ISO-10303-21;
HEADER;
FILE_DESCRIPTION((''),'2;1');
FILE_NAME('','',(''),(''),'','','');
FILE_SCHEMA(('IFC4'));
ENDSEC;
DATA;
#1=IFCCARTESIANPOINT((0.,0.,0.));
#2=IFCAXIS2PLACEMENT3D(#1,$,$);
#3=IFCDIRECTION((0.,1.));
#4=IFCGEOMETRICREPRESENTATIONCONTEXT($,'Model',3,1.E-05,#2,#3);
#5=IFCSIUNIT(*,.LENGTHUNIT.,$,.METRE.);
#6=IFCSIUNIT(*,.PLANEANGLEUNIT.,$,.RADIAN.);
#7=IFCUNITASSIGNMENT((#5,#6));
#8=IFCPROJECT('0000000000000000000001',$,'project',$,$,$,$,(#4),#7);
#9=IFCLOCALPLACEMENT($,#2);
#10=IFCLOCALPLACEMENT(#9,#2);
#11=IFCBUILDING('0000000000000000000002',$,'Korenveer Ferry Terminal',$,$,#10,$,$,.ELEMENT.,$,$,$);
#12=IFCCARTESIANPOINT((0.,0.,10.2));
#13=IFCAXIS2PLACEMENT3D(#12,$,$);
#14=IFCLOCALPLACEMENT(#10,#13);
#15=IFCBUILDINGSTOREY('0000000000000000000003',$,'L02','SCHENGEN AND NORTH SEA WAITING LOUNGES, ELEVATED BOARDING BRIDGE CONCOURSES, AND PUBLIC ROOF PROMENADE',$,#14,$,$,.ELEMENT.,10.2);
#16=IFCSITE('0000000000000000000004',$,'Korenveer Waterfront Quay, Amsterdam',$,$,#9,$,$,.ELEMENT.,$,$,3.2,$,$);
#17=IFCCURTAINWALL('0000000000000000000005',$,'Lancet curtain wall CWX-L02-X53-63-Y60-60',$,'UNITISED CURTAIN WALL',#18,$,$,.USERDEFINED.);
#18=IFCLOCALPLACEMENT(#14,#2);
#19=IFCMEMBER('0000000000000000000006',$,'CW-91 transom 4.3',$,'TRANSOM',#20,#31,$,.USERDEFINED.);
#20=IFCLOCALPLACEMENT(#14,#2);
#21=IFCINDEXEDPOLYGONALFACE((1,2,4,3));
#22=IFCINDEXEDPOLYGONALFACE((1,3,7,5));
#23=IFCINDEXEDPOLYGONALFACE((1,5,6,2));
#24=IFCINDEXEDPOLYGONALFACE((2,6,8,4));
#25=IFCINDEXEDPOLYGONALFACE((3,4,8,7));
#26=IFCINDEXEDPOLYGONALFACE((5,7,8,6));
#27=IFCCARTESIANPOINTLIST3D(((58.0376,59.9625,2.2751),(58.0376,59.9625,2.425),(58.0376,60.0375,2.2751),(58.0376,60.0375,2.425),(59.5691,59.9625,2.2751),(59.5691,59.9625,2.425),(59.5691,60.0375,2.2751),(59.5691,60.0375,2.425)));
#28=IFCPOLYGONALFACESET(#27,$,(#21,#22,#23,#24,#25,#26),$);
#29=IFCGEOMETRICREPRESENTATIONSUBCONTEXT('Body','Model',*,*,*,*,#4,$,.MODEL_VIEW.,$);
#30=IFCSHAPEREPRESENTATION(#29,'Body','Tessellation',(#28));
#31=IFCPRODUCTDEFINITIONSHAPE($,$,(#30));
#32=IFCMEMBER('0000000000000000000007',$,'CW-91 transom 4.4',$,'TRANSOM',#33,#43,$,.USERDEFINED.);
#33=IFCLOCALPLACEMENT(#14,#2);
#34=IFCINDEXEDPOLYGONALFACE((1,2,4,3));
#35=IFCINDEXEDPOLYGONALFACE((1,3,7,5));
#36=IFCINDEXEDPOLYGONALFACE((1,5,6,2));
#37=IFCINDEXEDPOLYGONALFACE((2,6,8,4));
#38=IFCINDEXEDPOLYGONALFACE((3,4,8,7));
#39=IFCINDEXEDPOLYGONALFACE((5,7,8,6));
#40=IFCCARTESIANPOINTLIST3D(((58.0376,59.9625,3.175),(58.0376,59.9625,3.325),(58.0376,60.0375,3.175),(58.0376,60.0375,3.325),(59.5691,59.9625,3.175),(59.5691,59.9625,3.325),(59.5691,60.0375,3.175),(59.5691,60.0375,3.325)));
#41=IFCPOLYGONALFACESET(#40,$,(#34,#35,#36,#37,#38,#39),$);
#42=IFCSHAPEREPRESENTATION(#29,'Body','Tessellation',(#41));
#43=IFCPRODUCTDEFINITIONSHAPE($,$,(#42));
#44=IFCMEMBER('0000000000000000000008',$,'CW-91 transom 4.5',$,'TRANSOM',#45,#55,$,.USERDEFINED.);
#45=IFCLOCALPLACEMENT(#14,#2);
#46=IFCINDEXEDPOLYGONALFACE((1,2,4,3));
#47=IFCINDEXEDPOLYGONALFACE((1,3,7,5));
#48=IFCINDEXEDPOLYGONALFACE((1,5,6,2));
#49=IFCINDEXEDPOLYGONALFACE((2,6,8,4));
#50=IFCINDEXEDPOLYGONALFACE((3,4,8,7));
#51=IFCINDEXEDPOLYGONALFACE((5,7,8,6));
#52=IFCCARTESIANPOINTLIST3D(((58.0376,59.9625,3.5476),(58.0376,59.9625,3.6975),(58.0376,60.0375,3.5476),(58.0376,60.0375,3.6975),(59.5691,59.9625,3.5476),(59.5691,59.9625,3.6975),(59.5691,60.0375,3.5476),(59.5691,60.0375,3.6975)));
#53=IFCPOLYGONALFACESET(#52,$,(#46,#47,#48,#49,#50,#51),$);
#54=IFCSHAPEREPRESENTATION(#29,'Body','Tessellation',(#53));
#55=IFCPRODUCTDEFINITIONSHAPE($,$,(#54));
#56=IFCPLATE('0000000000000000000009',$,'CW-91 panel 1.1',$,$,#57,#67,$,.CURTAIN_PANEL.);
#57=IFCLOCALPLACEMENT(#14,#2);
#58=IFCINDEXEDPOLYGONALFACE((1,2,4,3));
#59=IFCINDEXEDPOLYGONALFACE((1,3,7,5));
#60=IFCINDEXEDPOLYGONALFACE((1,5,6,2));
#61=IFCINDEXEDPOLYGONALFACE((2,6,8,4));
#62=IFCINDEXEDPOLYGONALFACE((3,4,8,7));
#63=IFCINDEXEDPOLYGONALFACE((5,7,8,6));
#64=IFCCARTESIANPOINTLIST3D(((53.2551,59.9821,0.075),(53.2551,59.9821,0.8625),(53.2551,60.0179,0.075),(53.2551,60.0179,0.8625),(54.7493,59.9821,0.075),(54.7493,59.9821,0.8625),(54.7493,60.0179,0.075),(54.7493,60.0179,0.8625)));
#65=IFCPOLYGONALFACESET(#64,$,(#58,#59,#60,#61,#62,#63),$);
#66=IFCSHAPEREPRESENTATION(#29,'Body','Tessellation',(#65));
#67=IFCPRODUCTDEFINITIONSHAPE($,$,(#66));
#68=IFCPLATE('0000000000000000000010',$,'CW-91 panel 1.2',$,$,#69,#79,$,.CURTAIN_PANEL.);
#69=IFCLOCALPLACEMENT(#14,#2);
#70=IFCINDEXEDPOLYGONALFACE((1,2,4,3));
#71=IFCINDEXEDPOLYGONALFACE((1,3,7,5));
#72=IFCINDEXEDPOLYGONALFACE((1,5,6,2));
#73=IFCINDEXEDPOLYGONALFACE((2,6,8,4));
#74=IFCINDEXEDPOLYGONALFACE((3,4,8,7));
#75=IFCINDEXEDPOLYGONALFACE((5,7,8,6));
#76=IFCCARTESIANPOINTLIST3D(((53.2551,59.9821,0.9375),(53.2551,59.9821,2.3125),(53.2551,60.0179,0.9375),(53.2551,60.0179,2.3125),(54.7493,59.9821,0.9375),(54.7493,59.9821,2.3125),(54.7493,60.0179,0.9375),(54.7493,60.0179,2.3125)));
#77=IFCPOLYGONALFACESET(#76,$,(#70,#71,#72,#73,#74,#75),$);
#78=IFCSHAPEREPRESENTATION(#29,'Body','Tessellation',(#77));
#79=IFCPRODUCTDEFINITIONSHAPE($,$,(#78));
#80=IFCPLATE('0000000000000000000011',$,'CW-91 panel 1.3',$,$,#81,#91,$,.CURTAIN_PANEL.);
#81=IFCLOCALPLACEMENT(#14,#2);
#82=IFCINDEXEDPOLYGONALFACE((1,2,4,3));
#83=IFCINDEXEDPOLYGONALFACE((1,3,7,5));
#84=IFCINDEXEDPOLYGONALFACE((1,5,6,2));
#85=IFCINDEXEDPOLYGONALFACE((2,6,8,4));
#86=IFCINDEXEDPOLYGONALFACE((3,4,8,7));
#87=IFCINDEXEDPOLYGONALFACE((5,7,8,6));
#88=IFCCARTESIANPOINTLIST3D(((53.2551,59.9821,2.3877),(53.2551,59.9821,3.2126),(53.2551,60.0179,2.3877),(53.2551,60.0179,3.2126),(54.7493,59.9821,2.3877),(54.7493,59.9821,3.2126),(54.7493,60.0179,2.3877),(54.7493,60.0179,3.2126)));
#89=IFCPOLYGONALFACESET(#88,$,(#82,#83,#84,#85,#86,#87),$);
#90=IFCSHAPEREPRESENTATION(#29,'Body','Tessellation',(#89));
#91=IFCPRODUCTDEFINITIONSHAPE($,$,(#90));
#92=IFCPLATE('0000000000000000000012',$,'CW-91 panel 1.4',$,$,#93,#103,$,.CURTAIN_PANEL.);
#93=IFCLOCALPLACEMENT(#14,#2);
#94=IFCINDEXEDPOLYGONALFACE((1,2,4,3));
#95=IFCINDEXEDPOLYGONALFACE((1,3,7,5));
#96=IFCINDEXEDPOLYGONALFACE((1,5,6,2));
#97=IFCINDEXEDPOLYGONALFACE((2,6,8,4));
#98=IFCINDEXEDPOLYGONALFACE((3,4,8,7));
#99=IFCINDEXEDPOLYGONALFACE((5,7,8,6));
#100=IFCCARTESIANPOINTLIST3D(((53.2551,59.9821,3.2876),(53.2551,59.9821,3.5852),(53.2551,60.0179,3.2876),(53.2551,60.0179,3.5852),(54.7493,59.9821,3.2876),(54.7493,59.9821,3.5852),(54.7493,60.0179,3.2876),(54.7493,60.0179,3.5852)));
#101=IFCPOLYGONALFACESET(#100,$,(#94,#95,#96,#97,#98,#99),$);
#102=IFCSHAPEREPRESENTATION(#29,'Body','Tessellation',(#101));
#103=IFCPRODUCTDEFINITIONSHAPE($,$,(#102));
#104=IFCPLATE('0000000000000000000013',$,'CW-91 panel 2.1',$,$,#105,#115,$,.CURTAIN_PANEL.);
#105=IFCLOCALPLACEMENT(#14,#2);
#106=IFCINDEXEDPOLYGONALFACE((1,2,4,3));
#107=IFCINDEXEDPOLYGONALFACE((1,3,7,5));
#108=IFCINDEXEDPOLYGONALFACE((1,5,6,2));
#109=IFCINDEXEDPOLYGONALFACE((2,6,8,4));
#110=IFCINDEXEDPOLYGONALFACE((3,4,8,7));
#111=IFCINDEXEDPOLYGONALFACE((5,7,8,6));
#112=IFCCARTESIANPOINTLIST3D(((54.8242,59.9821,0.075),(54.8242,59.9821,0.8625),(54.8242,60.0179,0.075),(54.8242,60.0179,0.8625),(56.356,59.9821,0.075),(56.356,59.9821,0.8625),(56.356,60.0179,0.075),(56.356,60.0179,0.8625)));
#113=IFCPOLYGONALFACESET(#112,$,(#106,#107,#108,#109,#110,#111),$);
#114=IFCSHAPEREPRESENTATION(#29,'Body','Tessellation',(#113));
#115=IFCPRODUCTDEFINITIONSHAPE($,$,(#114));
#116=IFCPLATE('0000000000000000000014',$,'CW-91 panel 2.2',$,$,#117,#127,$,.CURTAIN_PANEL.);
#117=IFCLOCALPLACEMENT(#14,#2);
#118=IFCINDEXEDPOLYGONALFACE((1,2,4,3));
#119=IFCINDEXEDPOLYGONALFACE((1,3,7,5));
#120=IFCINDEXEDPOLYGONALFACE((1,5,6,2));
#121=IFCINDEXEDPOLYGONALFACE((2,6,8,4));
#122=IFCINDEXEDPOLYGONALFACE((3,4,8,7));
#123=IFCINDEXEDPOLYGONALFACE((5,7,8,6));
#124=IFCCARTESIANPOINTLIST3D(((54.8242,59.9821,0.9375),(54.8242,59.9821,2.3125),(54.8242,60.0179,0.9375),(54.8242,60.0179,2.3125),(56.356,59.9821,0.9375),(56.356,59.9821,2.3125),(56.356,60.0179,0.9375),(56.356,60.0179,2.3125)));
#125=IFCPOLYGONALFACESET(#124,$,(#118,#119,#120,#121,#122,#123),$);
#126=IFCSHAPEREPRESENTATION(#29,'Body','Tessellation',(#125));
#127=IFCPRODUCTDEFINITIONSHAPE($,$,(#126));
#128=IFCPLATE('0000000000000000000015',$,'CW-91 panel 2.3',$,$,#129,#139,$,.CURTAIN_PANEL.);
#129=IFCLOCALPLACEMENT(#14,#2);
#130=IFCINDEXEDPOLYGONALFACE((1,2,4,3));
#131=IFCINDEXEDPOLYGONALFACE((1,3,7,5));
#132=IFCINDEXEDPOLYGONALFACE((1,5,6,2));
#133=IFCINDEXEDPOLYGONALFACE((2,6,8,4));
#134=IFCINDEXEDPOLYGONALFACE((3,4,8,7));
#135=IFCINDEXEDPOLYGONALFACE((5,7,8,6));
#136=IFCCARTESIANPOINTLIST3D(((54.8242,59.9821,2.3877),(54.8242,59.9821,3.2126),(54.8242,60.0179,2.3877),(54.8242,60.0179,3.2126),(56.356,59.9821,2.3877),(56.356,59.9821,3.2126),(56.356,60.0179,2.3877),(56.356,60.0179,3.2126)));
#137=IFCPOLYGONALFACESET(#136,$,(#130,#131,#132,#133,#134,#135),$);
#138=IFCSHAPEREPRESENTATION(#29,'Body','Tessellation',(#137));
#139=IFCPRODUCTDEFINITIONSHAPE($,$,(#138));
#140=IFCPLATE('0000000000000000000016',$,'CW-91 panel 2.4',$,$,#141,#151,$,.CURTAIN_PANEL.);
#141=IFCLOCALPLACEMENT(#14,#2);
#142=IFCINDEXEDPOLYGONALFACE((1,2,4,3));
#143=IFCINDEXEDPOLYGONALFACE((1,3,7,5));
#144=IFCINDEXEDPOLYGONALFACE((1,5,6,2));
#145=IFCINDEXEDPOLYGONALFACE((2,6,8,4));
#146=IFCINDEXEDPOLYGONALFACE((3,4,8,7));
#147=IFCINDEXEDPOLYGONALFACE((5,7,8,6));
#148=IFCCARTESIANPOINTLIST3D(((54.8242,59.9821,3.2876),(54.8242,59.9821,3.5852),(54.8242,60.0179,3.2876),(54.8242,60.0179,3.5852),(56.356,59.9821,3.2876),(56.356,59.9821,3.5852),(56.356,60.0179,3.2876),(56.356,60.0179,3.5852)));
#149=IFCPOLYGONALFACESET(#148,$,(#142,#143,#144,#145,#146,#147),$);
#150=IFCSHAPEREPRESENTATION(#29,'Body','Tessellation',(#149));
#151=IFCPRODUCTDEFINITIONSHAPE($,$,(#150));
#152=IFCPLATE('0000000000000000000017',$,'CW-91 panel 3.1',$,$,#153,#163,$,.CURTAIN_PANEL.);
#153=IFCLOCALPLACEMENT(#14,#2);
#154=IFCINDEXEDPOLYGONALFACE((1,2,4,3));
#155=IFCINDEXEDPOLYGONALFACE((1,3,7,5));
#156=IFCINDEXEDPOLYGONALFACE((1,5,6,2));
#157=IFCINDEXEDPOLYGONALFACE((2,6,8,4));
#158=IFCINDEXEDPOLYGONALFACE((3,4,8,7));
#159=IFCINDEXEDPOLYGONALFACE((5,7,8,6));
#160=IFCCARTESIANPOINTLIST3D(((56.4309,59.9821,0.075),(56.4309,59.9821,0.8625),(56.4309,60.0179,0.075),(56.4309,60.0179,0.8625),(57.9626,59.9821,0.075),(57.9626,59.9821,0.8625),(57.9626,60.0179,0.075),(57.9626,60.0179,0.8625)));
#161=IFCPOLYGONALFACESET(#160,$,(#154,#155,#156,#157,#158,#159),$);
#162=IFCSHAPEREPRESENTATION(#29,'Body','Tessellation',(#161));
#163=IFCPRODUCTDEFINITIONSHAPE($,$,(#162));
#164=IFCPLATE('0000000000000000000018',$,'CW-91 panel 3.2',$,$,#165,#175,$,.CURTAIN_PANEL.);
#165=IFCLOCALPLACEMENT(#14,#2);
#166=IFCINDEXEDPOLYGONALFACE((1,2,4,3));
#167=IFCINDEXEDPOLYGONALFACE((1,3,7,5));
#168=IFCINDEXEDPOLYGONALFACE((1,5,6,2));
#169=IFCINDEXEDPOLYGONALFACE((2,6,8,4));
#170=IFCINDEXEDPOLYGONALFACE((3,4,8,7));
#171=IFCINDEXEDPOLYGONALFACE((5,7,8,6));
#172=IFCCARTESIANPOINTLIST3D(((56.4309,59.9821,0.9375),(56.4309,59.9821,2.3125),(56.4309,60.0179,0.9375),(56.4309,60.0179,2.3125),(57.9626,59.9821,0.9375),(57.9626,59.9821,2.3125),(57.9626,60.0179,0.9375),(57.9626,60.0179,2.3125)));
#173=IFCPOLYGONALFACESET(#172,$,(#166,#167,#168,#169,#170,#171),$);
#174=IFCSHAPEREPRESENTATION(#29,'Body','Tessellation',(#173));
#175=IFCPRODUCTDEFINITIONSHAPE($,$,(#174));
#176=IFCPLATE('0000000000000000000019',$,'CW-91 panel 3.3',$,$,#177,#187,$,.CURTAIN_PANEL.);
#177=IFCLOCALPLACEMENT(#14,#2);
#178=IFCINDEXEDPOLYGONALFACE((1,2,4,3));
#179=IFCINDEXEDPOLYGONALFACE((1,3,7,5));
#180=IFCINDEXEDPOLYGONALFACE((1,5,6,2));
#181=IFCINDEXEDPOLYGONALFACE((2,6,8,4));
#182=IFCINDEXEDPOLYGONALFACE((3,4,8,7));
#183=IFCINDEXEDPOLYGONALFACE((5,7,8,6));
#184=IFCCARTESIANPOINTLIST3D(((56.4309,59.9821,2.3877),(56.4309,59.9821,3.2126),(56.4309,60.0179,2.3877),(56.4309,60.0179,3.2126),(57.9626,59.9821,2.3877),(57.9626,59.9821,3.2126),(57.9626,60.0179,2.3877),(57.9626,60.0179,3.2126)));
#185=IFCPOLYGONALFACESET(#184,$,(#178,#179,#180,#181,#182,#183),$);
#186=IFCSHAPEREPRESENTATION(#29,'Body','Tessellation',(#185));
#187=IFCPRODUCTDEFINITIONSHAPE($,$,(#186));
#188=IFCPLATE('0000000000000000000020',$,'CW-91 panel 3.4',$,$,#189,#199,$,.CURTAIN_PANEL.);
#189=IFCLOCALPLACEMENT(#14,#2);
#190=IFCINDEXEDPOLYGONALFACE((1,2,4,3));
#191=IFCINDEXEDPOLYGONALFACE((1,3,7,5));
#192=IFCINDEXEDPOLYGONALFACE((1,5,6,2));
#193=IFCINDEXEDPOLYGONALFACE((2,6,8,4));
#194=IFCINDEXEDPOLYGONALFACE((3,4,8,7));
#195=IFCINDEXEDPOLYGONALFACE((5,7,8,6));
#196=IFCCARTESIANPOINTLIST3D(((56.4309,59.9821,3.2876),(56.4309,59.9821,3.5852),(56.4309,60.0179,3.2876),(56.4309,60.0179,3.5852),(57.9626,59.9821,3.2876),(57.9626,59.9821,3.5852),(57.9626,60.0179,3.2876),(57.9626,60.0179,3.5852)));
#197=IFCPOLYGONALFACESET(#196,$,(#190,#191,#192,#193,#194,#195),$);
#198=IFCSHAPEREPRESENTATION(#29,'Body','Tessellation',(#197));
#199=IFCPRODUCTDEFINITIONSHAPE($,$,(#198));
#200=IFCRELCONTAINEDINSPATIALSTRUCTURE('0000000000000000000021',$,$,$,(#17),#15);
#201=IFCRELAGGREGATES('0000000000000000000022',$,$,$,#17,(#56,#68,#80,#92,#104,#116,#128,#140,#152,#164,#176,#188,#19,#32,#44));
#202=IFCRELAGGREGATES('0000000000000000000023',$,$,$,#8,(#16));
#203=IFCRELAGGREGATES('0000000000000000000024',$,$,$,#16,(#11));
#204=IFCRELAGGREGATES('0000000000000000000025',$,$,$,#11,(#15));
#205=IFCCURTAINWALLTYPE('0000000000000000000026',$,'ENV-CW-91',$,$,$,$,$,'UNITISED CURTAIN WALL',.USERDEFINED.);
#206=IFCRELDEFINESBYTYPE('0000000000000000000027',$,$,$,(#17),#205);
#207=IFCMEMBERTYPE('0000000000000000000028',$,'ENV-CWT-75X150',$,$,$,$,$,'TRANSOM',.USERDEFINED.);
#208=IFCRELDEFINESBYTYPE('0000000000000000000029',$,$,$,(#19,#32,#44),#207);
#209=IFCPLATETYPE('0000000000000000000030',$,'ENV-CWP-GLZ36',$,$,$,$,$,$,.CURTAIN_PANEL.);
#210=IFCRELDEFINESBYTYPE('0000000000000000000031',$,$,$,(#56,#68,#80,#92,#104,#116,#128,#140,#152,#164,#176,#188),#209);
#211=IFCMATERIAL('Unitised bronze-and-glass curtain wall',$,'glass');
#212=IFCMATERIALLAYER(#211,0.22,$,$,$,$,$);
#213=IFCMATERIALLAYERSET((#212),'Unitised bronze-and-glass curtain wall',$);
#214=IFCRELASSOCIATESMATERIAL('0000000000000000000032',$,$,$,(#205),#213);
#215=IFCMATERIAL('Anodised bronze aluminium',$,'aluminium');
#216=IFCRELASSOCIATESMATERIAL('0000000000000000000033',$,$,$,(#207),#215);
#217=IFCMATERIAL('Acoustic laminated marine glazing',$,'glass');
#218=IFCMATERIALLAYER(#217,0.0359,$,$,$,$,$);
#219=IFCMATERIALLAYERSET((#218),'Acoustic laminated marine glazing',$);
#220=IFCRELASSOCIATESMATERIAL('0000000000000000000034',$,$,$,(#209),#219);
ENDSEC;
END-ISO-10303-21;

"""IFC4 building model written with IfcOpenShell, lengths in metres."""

from ifc_helpers import new_model, si_unit, direction, frame, origin, origin_2d, place, context, subcontext, project, spatial, rectangle, extrude, material, layer, layer_set, material_profile, profile_set, type_object, element, aggregate, save


model = new_model("IFC4")

# Units and contexts
model_context = context("Model", 3, precision=1e-05, world=origin(), true_north=direction((0.0, 1.0)))
body_context = subcontext(model_context, "Body", "Model", "MODEL_VIEW")
ifc_project = project(units=[si_unit("LENGTHUNIT", "METRE"), si_unit("PLANEANGLEUNIT", "RADIAN")], contexts=[model_context])

# Site, building, storey
site_placement = place(None, origin())
site = spatial("IfcSite", under=ifc_project, at=site_placement, Name="Korenveer Waterfront Quay, Amsterdam", CompositionType="ELEMENT", RefElevation=3.2)
building_placement = place(site_placement, origin())
building = spatial("IfcBuilding", under=site, at=building_placement, Name="Korenveer Ferry Terminal", CompositionType="ELEMENT")
storey_placement = place(building_placement, frame((0.0, 0.0, 10.2)))
storey = spatial("IfcBuildingStorey", under=building, at=storey_placement, Name="L02", Description="SCHENGEN AND NORTH SEA WAITING LOUNGES, ELEVATED BOARDING BRIDGE CONCOURSES, AND PUBLIC ROOF PROMENADE", CompositionType="ELEMENT", Elevation=10.2)

# Curtain wall, members, plates
ifc_material_1 = material(Name="Unitised bronze-and-glass curtain wall", Category="glass")
ifc_layer_1 = layer(ifc_material_1, 0.22)
ifc_layer_set_1 = layer_set([ifc_layer_1], Name="Unitised bronze-and-glass curtain wall")
curtain_wall_type = type_object("IfcCurtainWallType", Name="ENV-CW-91", ElementType="UNITISED CURTAIN WALL", PredefinedType="USERDEFINED", material=ifc_layer_set_1)
curtain_wall_placement = place(storey_placement, frame((53.1799, 60.0, 0.0)))
curtain_wall = element("IfcCurtainWall", 1, at=curtain_wall_placement, inside=storey, type_object=curtain_wall_type, Name="Lancet curtain wall CWX-L02-X53-63-Y60-60", ObjectType="UNITISED CURTAIN WALL", PredefinedType="USERDEFINED")
ifc_material_2 = material(Name="Anodised bronze aluminium", Category="aluminium")
ifc_material_profile_1 = material_profile(ifc_material_2, rectangle(XDim=0.075, YDim=0.1499, at=origin_2d()), Name="ALU 75x150")
ifc_profile_set_1 = profile_set([ifc_material_profile_1], Name="Anodised bronze aluminium")
member_type_1 = type_object("IfcMemberType", Name="ENV-CWT-75X150", ElementType="TRANSOM", PredefinedType="USERDEFINED", material=ifc_profile_set_1)
member_1_placement = place(storey_placement, frame((58.0376, 60.0, 2.3501), z_axis=(1.0, 0.0, 0.0), x_axis=(0.0, 1.0, 0.0)))
member_1 = element("IfcMember", 2, at=member_1_placement, type_object=member_type_1, Name="CW-91 transom 4.3", ObjectType="TRANSOM", PredefinedType="USERDEFINED", context=body_context, shape_type="SweptSolid", body=[
    extrude(rectangle(XDim=0.075, YDim=0.1499, at=origin_2d()), origin(), (0.0, 0.0, 1.0), 1.5315),
])
member_2_placement = place(storey_placement, frame((58.0376, 60.0, 3.25), z_axis=(1.0, 0.0, 0.0), x_axis=(0.0, 1.0, 0.0)))
member_2 = element("IfcMember", 3, at=member_2_placement, type_object=member_type_1, Name="CW-91 transom 4.4", ObjectType="TRANSOM", PredefinedType="USERDEFINED", context=body_context, shape_type="SweptSolid", body=[
    extrude(rectangle(XDim=0.075, YDim=0.1499, at=origin_2d()), origin(), (0.0, 0.0, 1.0), 1.5315),
])
member_3_placement = place(storey_placement, frame((58.0376, 60.0, 3.6226), z_axis=(1.0, 0.0, 0.0), x_axis=(0.0, 1.0, 0.0)))
member_3 = element("IfcMember", 4, at=member_3_placement, type_object=member_type_1, Name="CW-91 transom 4.5", ObjectType="TRANSOM", PredefinedType="USERDEFINED", context=body_context, shape_type="SweptSolid", body=[
    extrude(rectangle(XDim=0.075, YDim=0.1499, at=origin_2d()), origin(), (0.0, 0.0, 1.0), 1.5315),
])
ifc_material_3 = material(Name="Acoustic laminated marine glazing", Category="glass")
ifc_layer_2 = layer(ifc_material_3, 0.0359)
ifc_layer_set_2 = layer_set([ifc_layer_2], Name="Acoustic laminated marine glazing")
plate_type = type_object("IfcPlateType", Name="ENV-CWP-GLZ36", PredefinedType="CURTAIN_PANEL", material=ifc_layer_set_2)
plate_1_placement = place(storey_placement, frame((54.0022, 60.0, 0.075), z_axis=(0.0, 0.0, 1.0), x_axis=(1.0, 0.0, 0.0)))
plate_1 = element("IfcPlate", 5, at=plate_1_placement, type_object=plate_type, Name="CW-91 panel 1.1", PredefinedType="CURTAIN_PANEL", context=body_context, shape_type="SweptSolid", body=[
    extrude(rectangle(XDim=1.4941, YDim=0.0359, at=origin_2d()), origin(), (0.0, 0.0, 1.0), 0.7876),
])
plate_2_placement = place(storey_placement, frame((54.0022, 60.0, 0.9375), z_axis=(0.0, 0.0, 1.0), x_axis=(1.0, 0.0, 0.0)))
plate_2 = element("IfcPlate", 6, at=plate_2_placement, type_object=plate_type, Name="CW-91 panel 1.2", PredefinedType="CURTAIN_PANEL", context=body_context, shape_type="SweptSolid", body=[
    extrude(rectangle(XDim=1.4941, YDim=0.0359, at=origin_2d()), origin(), (0.0, 0.0, 1.0), 1.375),
])
plate_3_placement = place(storey_placement, frame((54.0022, 60.0, 2.3877), z_axis=(0.0, 0.0, 1.0), x_axis=(1.0, 0.0, 0.0)))
plate_3 = element("IfcPlate", 7, at=plate_3_placement, type_object=plate_type, Name="CW-91 panel 1.3", PredefinedType="CURTAIN_PANEL", context=body_context, shape_type="SweptSolid", body=[
    extrude(rectangle(XDim=1.4941, YDim=0.0359, at=origin_2d()), origin(), (0.0, 0.0, 1.0), 0.825),
])
plate_4_placement = place(storey_placement, frame((54.0022, 60.0, 3.2876), z_axis=(0.0, 0.0, 1.0), x_axis=(1.0, 0.0, 0.0)))
plate_4 = element("IfcPlate", 8, at=plate_4_placement, type_object=plate_type, Name="CW-91 panel 1.4", PredefinedType="CURTAIN_PANEL", context=body_context, shape_type="SweptSolid", body=[
    extrude(rectangle(XDim=1.4941, YDim=0.0359, at=origin_2d()), origin(), (0.0, 0.0, 1.0), 0.2976),
])
plate_5_placement = place(storey_placement, frame((55.5901, 60.0, 0.075), z_axis=(0.0, 0.0, 1.0), x_axis=(1.0, 0.0, 0.0)))
plate_5 = element("IfcPlate", 9, at=plate_5_placement, type_object=plate_type, Name="CW-91 panel 2.1", PredefinedType="CURTAIN_PANEL", context=body_context, shape_type="SweptSolid", body=[
    extrude(rectangle(XDim=1.5317, YDim=0.0359, at=origin_2d()), origin(), (0.0, 0.0, 1.0), 0.7876),
])
plate_6_placement = place(storey_placement, frame((55.5901, 60.0, 0.9375), z_axis=(0.0, 0.0, 1.0), x_axis=(1.0, 0.0, 0.0)))
plate_6 = element("IfcPlate", 10, at=plate_6_placement, type_object=plate_type, Name="CW-91 panel 2.2", PredefinedType="CURTAIN_PANEL", context=body_context, shape_type="SweptSolid", body=[
    extrude(rectangle(XDim=1.5317, YDim=0.0359, at=origin_2d()), origin(), (0.0, 0.0, 1.0), 1.375),
])
plate_7_placement = place(storey_placement, frame((55.5901, 60.0, 2.3877), z_axis=(0.0, 0.0, 1.0), x_axis=(1.0, 0.0, 0.0)))
plate_7 = element("IfcPlate", 11, at=plate_7_placement, type_object=plate_type, Name="CW-91 panel 2.3", PredefinedType="CURTAIN_PANEL", context=body_context, shape_type="SweptSolid", body=[
    extrude(rectangle(XDim=1.5317, YDim=0.0359, at=origin_2d()), origin(), (0.0, 0.0, 1.0), 0.825),
])
plate_8_placement = place(storey_placement, frame((55.5901, 60.0, 3.2876), z_axis=(0.0, 0.0, 1.0), x_axis=(1.0, 0.0, 0.0)))
plate_8 = element("IfcPlate", 12, at=plate_8_placement, type_object=plate_type, Name="CW-91 panel 2.4", PredefinedType="CURTAIN_PANEL", context=body_context, shape_type="SweptSolid", body=[
    extrude(rectangle(XDim=1.5317, YDim=0.0359, at=origin_2d()), origin(), (0.0, 0.0, 1.0), 0.2976),
])
plate_9_placement = place(storey_placement, frame((57.1968, 60.0, 0.075), z_axis=(0.0, 0.0, 1.0), x_axis=(1.0, 0.0, 0.0)))
plate_9 = element("IfcPlate", 13, at=plate_9_placement, type_object=plate_type, Name="CW-91 panel 3.1", PredefinedType="CURTAIN_PANEL", context=body_context, shape_type="SweptSolid", body=[
    extrude(rectangle(XDim=1.5317, YDim=0.0359, at=origin_2d()), origin(), (0.0, 0.0, 1.0), 0.7876),
])
plate_10_placement = place(storey_placement, frame((57.1968, 60.0, 0.9375), z_axis=(0.0, 0.0, 1.0), x_axis=(1.0, 0.0, 0.0)))
plate_10 = element("IfcPlate", 14, at=plate_10_placement, type_object=plate_type, Name="CW-91 panel 3.2", PredefinedType="CURTAIN_PANEL", context=body_context, shape_type="SweptSolid", body=[
    extrude(rectangle(XDim=1.5317, YDim=0.0359, at=origin_2d()), origin(), (0.0, 0.0, 1.0), 1.375),
])
plate_11_placement = place(storey_placement, frame((57.1968, 60.0, 2.3877), z_axis=(0.0, 0.0, 1.0), x_axis=(1.0, 0.0, 0.0)))
plate_11 = element("IfcPlate", 15, at=plate_11_placement, type_object=plate_type, Name="CW-91 panel 3.3", PredefinedType="CURTAIN_PANEL", context=body_context, shape_type="SweptSolid", body=[
    extrude(rectangle(XDim=1.5317, YDim=0.0359, at=origin_2d()), origin(), (0.0, 0.0, 1.0), 0.825),
])
plate_12_placement = place(storey_placement, frame((57.1968, 60.0, 3.2876), z_axis=(0.0, 0.0, 1.0), x_axis=(1.0, 0.0, 0.0)))
plate_12 = element("IfcPlate", 16, at=plate_12_placement, type_object=plate_type, Name="CW-91 panel 3.4", PredefinedType="CURTAIN_PANEL", context=body_context, shape_type="SweptSolid", body=[
    extrude(rectangle(XDim=1.5317, YDim=0.0359, at=origin_2d()), origin(), (0.0, 0.0, 1.0), 0.2976),
])
aggregate(curtain_wall, [plate_1, plate_2, plate_3, plate_4, plate_5, plate_6, plate_7, plate_8, plate_9, plate_10, plate_11, plate_12, member_1, member_2, member_3])

save(model, "model.ifc")
